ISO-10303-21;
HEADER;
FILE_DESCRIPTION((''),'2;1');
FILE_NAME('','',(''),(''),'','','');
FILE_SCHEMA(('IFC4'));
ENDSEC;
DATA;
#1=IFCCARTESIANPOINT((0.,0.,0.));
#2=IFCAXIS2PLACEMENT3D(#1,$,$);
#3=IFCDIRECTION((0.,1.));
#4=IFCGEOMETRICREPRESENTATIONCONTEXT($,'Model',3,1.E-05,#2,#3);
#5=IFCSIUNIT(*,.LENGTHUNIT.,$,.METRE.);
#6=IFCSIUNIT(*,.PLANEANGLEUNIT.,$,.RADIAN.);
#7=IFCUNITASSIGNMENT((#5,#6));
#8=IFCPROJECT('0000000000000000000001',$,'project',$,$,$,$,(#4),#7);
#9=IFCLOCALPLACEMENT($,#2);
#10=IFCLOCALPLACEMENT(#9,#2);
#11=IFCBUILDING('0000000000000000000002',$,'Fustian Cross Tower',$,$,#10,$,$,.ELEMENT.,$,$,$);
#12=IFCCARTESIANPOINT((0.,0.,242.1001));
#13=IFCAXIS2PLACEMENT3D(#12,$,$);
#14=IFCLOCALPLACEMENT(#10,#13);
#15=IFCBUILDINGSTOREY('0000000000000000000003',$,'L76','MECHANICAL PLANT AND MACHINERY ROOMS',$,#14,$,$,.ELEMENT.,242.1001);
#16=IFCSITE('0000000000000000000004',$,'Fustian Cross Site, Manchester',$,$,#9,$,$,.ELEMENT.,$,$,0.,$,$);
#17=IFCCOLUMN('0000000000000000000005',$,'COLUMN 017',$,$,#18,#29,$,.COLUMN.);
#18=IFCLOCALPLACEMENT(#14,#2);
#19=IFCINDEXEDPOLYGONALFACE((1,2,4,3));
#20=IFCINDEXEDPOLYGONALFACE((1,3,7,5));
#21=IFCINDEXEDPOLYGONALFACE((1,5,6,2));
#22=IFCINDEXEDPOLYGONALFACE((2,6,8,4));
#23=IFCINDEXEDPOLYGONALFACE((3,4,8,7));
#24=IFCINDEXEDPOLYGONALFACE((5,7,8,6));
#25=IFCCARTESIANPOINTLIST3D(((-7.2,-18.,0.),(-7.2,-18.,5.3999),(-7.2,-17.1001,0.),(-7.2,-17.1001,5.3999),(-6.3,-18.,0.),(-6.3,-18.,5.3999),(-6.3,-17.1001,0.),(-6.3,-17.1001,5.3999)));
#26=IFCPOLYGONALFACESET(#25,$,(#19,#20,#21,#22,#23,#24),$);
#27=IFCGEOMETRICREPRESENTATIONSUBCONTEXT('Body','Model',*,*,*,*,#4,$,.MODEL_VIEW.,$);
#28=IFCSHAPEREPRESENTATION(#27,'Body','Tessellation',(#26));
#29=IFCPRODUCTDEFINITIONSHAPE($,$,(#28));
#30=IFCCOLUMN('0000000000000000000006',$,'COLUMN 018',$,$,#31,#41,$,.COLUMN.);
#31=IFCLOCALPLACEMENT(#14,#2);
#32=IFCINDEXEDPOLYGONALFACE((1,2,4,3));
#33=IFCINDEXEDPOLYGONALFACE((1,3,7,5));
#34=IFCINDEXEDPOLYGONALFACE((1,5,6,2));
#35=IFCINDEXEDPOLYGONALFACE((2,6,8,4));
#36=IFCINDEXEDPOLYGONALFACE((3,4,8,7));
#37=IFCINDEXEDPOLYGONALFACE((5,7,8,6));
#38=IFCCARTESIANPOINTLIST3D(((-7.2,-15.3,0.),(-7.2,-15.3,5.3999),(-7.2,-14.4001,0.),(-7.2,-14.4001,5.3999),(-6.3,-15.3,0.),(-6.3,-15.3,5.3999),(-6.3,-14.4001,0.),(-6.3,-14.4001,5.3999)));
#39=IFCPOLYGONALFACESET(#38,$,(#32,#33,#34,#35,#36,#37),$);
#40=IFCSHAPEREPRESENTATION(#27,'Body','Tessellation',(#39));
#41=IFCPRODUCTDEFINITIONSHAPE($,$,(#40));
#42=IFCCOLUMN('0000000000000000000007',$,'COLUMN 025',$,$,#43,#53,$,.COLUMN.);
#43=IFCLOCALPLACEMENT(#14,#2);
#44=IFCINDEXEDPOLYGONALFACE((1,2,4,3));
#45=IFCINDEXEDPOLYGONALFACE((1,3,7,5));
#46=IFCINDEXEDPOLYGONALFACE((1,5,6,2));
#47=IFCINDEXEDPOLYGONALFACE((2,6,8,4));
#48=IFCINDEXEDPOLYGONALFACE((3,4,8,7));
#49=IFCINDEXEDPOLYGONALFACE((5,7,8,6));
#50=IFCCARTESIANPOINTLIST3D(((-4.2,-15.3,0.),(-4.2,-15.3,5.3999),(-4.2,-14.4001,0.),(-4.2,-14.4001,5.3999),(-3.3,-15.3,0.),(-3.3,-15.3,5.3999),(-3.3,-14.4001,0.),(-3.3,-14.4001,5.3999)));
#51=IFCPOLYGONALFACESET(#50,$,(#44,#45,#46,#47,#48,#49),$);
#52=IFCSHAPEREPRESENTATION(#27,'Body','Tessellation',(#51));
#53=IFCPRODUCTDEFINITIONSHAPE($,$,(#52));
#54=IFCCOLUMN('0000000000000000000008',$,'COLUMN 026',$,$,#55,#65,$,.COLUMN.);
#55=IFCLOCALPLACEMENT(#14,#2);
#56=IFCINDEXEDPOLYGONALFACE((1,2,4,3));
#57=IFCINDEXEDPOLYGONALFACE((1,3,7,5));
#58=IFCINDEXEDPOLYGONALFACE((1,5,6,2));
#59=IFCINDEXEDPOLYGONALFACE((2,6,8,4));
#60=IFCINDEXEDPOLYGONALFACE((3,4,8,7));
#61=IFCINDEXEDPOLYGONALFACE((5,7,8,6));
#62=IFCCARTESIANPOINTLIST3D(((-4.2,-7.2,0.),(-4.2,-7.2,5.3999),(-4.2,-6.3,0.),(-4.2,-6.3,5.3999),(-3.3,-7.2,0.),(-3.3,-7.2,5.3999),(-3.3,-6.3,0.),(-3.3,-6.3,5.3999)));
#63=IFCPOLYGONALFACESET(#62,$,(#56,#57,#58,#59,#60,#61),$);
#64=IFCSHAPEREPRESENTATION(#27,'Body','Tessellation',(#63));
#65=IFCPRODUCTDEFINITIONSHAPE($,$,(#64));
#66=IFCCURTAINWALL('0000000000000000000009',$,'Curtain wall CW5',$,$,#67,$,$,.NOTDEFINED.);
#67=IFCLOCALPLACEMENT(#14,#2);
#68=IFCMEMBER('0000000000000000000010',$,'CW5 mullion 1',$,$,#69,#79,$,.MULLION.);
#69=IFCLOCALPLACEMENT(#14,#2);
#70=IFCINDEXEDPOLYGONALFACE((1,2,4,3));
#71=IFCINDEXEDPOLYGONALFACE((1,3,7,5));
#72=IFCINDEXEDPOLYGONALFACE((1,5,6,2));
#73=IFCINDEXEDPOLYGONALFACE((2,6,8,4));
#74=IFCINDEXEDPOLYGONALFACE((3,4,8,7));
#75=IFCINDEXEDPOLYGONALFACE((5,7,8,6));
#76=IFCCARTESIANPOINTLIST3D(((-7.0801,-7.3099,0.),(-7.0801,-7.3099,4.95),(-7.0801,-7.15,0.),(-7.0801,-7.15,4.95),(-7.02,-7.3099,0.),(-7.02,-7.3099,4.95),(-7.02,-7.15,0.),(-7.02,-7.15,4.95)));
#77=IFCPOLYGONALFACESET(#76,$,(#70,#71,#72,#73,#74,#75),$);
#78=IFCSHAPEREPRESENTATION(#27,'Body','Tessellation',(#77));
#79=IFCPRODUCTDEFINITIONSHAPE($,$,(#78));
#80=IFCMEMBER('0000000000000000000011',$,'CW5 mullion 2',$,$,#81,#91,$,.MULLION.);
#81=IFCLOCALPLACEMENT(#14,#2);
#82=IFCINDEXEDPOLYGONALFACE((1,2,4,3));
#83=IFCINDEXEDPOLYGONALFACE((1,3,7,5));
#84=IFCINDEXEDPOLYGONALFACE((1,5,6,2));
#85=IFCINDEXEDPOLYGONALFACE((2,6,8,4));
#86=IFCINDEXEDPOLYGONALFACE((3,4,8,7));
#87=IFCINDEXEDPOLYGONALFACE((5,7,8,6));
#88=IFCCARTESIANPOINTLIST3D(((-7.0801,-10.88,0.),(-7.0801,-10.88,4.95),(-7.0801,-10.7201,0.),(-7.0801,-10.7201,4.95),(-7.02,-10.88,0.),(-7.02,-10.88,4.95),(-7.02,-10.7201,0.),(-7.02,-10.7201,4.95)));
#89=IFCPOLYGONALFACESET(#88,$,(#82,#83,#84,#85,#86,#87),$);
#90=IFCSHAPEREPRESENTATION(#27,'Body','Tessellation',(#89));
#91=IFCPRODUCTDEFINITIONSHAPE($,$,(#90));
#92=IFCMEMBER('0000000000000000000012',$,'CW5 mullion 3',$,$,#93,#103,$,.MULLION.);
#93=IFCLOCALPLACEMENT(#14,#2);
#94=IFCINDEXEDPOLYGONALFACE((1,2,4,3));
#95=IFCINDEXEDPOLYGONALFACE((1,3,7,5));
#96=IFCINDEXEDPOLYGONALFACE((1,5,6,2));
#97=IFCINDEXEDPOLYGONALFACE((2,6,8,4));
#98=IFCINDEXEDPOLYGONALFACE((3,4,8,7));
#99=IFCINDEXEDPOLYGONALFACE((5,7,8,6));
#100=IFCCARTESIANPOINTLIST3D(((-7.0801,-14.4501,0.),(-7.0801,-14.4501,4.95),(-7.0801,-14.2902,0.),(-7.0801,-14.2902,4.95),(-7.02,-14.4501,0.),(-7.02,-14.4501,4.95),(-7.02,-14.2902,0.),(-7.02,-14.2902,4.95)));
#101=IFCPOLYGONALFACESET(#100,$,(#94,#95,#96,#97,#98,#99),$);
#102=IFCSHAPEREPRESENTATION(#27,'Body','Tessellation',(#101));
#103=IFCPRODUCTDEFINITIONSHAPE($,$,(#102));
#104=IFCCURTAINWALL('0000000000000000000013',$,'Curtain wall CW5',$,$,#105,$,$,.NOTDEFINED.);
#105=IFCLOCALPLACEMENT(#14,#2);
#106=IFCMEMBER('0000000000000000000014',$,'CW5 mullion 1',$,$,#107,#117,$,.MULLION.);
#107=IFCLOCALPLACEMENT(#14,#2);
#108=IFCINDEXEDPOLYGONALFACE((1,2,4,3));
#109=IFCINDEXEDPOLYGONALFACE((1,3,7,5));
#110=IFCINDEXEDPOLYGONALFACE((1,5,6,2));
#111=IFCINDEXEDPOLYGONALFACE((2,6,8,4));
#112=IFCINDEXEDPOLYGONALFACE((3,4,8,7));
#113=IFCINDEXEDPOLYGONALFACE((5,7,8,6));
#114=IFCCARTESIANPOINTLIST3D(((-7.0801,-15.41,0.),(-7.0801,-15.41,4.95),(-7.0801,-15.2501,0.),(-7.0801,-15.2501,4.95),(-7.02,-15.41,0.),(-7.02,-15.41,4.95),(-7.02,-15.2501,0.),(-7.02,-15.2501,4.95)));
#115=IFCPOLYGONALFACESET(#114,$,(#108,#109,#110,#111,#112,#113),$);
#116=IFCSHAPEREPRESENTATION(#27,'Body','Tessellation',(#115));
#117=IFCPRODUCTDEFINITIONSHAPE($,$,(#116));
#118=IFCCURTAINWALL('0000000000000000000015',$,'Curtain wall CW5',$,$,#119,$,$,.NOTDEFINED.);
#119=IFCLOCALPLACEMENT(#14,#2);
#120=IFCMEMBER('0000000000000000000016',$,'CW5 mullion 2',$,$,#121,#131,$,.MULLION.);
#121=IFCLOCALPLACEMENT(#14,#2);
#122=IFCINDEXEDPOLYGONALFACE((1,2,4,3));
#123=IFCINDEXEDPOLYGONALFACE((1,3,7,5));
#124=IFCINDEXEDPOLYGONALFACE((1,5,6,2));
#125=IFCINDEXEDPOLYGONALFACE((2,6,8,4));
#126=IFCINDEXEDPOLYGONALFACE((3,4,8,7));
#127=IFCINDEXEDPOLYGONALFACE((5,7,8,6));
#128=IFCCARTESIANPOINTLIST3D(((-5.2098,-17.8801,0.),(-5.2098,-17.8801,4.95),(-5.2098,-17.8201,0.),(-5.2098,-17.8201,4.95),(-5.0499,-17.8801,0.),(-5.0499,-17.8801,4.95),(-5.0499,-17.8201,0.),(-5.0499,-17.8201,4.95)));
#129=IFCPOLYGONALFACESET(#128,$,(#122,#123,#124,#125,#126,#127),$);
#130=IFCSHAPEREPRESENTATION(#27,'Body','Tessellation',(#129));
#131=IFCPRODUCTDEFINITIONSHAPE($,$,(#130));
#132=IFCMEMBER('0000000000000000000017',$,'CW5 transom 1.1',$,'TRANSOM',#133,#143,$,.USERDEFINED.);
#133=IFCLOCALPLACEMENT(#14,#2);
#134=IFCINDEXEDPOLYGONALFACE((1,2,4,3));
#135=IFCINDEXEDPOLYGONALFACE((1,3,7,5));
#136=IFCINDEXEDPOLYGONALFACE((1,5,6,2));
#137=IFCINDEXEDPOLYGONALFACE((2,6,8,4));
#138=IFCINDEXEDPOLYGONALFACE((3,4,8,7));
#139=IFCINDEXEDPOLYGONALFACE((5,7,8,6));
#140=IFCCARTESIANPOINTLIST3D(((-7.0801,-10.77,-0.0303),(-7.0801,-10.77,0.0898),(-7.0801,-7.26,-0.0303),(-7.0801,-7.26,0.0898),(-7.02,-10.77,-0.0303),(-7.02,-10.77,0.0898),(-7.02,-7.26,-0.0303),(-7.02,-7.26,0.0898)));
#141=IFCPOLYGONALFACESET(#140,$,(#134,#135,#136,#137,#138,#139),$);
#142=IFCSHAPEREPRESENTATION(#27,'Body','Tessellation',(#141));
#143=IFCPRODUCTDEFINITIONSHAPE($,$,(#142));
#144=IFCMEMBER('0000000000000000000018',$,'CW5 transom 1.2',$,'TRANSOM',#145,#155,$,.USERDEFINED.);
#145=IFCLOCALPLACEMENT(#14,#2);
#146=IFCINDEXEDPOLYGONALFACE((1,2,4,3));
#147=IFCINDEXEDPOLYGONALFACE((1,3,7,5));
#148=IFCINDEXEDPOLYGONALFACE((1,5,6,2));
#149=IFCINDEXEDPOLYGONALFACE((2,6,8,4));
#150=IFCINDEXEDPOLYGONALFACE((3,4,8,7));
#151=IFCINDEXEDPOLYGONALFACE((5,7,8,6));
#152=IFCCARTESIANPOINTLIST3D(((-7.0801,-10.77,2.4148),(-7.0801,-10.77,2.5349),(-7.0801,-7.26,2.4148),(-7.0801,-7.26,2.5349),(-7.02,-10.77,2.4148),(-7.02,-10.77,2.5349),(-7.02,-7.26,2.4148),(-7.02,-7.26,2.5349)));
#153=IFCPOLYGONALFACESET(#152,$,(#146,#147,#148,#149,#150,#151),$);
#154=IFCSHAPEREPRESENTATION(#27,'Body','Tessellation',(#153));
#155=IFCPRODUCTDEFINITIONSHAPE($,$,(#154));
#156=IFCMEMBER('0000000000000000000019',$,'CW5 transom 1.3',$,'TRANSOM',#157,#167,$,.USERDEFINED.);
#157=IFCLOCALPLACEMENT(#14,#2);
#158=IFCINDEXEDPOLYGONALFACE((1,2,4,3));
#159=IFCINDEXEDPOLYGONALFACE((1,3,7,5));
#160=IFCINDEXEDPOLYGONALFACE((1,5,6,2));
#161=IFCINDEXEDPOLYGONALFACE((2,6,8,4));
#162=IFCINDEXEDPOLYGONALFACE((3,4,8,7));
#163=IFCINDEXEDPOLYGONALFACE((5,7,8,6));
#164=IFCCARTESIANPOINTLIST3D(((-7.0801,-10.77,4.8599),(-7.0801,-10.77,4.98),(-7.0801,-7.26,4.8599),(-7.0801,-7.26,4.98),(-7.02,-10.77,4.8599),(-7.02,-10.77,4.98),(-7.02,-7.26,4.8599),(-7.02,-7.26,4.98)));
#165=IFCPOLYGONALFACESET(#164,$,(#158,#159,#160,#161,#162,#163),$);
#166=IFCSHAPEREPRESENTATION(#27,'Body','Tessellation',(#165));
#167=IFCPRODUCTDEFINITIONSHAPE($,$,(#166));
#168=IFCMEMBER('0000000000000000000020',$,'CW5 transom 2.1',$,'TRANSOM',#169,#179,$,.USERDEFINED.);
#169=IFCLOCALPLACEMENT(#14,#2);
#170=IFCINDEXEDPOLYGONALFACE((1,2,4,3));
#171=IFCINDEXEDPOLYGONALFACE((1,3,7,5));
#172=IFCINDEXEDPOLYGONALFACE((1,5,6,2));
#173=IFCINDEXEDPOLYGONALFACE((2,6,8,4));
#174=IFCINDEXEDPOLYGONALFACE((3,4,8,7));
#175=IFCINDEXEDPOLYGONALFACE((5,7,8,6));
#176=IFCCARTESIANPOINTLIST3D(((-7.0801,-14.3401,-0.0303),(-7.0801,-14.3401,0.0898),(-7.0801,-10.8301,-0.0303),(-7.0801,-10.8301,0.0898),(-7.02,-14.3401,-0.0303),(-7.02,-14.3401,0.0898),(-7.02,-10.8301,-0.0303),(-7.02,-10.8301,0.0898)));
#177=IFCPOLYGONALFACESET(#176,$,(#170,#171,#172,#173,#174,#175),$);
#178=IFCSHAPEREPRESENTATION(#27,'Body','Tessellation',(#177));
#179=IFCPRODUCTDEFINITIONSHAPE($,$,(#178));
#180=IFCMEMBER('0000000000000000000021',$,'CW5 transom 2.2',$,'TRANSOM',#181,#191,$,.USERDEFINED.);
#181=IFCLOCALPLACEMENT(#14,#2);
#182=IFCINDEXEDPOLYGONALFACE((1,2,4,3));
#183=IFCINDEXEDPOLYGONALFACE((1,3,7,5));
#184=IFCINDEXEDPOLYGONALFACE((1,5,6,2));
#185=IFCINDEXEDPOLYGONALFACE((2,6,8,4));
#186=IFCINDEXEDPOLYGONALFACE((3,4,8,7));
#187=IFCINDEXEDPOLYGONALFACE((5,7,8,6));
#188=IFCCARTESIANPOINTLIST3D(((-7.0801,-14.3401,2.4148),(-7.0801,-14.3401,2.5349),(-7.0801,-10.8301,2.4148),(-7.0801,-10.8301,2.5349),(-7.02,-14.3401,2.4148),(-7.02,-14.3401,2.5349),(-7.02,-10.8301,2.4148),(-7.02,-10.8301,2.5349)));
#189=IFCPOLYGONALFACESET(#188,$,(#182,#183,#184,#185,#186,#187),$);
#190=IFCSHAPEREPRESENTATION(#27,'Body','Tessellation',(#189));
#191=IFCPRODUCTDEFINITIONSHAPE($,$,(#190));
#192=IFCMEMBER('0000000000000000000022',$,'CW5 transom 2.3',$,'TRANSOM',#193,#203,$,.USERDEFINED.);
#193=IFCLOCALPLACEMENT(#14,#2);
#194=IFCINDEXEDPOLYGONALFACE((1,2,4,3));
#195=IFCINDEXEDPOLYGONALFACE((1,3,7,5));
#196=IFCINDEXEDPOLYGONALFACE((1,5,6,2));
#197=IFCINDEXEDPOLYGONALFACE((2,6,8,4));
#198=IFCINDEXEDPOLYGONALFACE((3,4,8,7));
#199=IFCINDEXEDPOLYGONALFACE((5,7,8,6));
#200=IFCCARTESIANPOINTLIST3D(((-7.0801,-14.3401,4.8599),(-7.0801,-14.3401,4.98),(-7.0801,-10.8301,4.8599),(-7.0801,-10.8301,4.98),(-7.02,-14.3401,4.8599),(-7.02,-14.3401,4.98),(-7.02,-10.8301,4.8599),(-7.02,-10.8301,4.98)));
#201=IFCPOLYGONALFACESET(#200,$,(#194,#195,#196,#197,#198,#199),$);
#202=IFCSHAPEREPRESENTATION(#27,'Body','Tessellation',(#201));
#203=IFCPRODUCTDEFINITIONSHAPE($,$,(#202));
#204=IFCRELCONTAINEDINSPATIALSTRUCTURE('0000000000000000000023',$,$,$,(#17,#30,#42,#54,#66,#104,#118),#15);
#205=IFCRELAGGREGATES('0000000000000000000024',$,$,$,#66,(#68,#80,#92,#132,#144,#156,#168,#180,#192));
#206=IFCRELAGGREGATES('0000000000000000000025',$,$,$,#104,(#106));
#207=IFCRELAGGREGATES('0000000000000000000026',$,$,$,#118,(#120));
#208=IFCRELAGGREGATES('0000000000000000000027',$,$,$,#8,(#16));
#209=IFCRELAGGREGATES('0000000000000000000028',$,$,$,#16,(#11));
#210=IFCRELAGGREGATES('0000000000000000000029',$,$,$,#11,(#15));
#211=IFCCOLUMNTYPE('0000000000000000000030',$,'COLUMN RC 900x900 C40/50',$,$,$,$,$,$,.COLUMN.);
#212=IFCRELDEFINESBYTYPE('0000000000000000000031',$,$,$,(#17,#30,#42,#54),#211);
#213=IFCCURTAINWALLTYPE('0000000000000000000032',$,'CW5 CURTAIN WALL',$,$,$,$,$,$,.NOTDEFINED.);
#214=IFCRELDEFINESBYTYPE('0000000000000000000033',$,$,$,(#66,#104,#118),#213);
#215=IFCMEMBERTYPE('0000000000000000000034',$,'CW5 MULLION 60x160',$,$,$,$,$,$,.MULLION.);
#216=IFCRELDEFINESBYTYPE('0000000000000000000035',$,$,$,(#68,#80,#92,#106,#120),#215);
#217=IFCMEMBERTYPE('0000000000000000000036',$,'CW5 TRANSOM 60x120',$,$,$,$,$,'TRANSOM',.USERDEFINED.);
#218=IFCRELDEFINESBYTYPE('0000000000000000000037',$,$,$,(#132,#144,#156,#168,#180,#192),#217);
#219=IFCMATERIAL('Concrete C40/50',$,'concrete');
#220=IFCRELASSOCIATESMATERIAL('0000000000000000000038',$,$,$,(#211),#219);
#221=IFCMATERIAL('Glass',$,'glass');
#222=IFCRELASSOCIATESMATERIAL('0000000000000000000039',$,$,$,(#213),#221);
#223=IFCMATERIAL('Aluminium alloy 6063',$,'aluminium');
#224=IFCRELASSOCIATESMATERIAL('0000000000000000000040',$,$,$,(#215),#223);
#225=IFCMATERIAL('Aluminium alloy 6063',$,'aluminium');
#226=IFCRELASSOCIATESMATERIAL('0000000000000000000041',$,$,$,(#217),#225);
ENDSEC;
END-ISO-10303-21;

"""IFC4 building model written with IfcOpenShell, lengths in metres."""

from ifc_helpers import new_model, si_unit, direction, frame, origin, origin_2d, place, context, subcontext, project, spatial, rectangle, extrude, material, material_profile, profile_set, type_object, element, aggregate, save


model = new_model("IFC4")

# Units and contexts
model_context = context("Model", 3, precision=1e-05, world=origin(), true_north=direction((0.0, 1.0)))
body_context = subcontext(model_context, "Body", "Model", "MODEL_VIEW")
ifc_project = project(units=[si_unit("LENGTHUNIT", "METRE"), si_unit("PLANEANGLEUNIT", "RADIAN")], contexts=[model_context])

# Site, building, storey
site_placement = place(None, origin())
site = spatial("IfcSite", under=ifc_project, at=site_placement, Name="Fustian Cross Site, Manchester", CompositionType="ELEMENT", RefElevation=0.0)
building_placement = place(site_placement, origin())
building = spatial("IfcBuilding", under=site, at=building_placement, Name="Fustian Cross Tower", CompositionType="ELEMENT")
storey_placement = place(building_placement, frame((0.0, 0.0, 242.1001)))
storey = spatial("IfcBuildingStorey", under=building, at=storey_placement, Name="L76", Description="MECHANICAL PLANT AND MACHINERY ROOMS", CompositionType="ELEMENT", Elevation=242.1001)

# Columns
ifc_material_1 = material(Name="Concrete C40/50", Category="concrete")
ifc_material_profile_1 = material_profile(ifc_material_1, rectangle(XDim=0.8999, YDim=0.8999, at=origin_2d()), Name="RC 900x900")
ifc_profile_set_1 = profile_set([ifc_material_profile_1], Name="Concrete C40/50")
column_type = type_object("IfcColumnType", Name="COLUMN RC 900x900 C40/50", PredefinedType="COLUMN", material=ifc_profile_set_1)
for number, where, z_axis, x_axis, name in (
    (1, (-6.75, -17.55, 0.0), (0.0, 0.0, 1.0), (1.0, 0.0, 0.0), "COLUMN 017"),
    (2, (-6.75, -14.8501, 0.0), (0.0, 0.0, 1.0), (1.0, 0.0, 0.0), "COLUMN 018"),
    (3, (-3.75, -14.8501, 0.0), (0.0, 0.0, 1.0), (1.0, 0.0, 0.0), "COLUMN 025"),
    (4, (-3.75, -6.75, 0.0), (0.0, 0.0, 1.0), (1.0, 0.0, 0.0), "COLUMN 026"),
):
    element("IfcColumn", number, at=place(storey_placement, frame(where, z_axis=z_axis, x_axis=x_axis)), inside=storey, type_object=column_type, Name=name, PredefinedType="COLUMN", context=body_context, shape_type="SweptSolid", body=[
        extrude(rectangle(XDim=0.8999, YDim=0.8999, at=origin_2d()), origin(), (0.0, 0.0, 1.0), 5.3999),
    ])

# Curtain wall, members
ifc_material_2 = material(Name="Glass", Category="glass")
curtain_wall_type = type_object("IfcCurtainWallType", Name="CW5 CURTAIN WALL", PredefinedType="NOTDEFINED", material=ifc_material_2)
curtain_wall_1_placement = place(storey_placement, origin())
curtain_wall_1 = element("IfcCurtainWall", 5, at=curtain_wall_1_placement, inside=storey, type_object=curtain_wall_type, Name="Curtain wall CW5", PredefinedType="NOTDEFINED")
ifc_material_3 = material(Name="Aluminium alloy 6063", Category="aluminium")
ifc_material_profile_2 = material_profile(ifc_material_3, rectangle(XDim=0.0601, YDim=0.1599, at=origin_2d()), Name="CW5 MULLION 60x160")
ifc_profile_set_2 = profile_set([ifc_material_profile_2], Name="Aluminium alloy 6063")
member_type_1 = type_object("IfcMemberType", Name="CW5 MULLION 60x160", PredefinedType="MULLION", material=ifc_profile_set_2)
member_1_placement = place(storey_placement, frame((-7.05, -7.23, 0.0), z_axis=(0.0, 0.0, 1.0), x_axis=(1.0, 0.0, 0.0)))
member_1 = element("IfcMember", 6, at=member_1_placement, type_object=member_type_1, Name="CW5 mullion 1", PredefinedType="MULLION", context=body_context, shape_type="SweptSolid", body=[
    extrude(rectangle(XDim=0.0601, YDim=0.1599, at=origin_2d()), origin(), (0.0, 0.0, 1.0), 4.95),
])
member_2_placement = place(storey_placement, frame((-7.05, -10.8, 0.0), z_axis=(0.0, 0.0, 1.0), x_axis=(1.0, 0.0, 0.0)))
member_2 = element("IfcMember", 7, at=member_2_placement, type_object=member_type_1, Name="CW5 mullion 2", PredefinedType="MULLION", context=body_context, shape_type="SweptSolid", body=[
    extrude(rectangle(XDim=0.0601, YDim=0.1599, at=origin_2d()), origin(), (0.0, 0.0, 1.0), 4.95),
])
member_3_placement = place(storey_placement, frame((-7.05, -14.3701, 0.0), z_axis=(0.0, 0.0, 1.0), x_axis=(1.0, 0.0, 0.0)))
member_3 = element("IfcMember", 8, at=member_3_placement, type_object=member_type_1, Name="CW5 mullion 3", PredefinedType="MULLION", context=body_context, shape_type="SweptSolid", body=[
    extrude(rectangle(XDim=0.0601, YDim=0.1599, at=origin_2d()), origin(), (0.0, 0.0, 1.0), 4.95),
])

# Curtain walls, members
curtain_wall_2_placement = place(storey_placement, origin())
curtain_wall_2 = element("IfcCurtainWall", 9, at=curtain_wall_2_placement, inside=storey, type_object=curtain_wall_type, Name="Curtain wall CW5", PredefinedType="NOTDEFINED")
member_4_placement = place(storey_placement, frame((-7.05, -15.3301, 0.0), z_axis=(0.0, 0.0, 1.0), x_axis=(1.0, 0.0, 0.0)))
member_4 = element("IfcMember", 10, at=member_4_placement, type_object=member_type_1, Name="CW5 mullion 1", PredefinedType="MULLION", context=body_context, shape_type="SweptSolid", body=[
    extrude(rectangle(XDim=0.0601, YDim=0.1599, at=origin_2d()), origin(), (0.0, 0.0, 1.0), 4.95),
])
curtain_wall_3_placement = place(storey_placement, origin())
curtain_wall_3 = element("IfcCurtainWall", 11, at=curtain_wall_3_placement, inside=storey, type_object=curtain_wall_type, Name="Curtain wall CW5", PredefinedType="NOTDEFINED")
member_5_placement = place(storey_placement, frame((-5.1299, -17.8501, 0.0), z_axis=(0.0, 0.0, 1.0), x_axis=(0.0, 1.0, 0.0)))
member_5 = element("IfcMember", 12, at=member_5_placement, type_object=member_type_1, Name="CW5 mullion 2", PredefinedType="MULLION", context=body_context, shape_type="SweptSolid", body=[
    extrude(rectangle(XDim=0.0601, YDim=0.1599, at=origin_2d()), origin(), (0.0, 0.0, 1.0), 4.95),
])

# Members
ifc_material_4 = material(Name="Aluminium alloy 6063", Category="aluminium")
ifc_material_profile_3 = material_profile(ifc_material_4, rectangle(XDim=0.0601, YDim=0.1201, at=origin_2d()), Name="CW5 TRANSOM 60x120")
ifc_profile_set_3 = profile_set([ifc_material_profile_3], Name="Aluminium alloy 6063")
member_type_2 = type_object("IfcMemberType", Name="CW5 TRANSOM 60x120", ElementType="TRANSOM", PredefinedType="USERDEFINED", material=ifc_profile_set_3)
member_6_placement = place(storey_placement, frame((-7.05, -7.26, 0.0298), z_axis=(0.0, -1.0, 0.0), x_axis=(1.0, 0.0, 0.0)))
member_6 = element("IfcMember", 13, at=member_6_placement, type_object=member_type_2, Name="CW5 transom 1.1", ObjectType="TRANSOM", PredefinedType="USERDEFINED", context=body_context, shape_type="SweptSolid", body=[
    extrude(rectangle(XDim=0.0601, YDim=0.1201, at=origin_2d()), origin(), (0.0, 0.0, 1.0), 3.51),
])
member_7_placement = place(storey_placement, frame((-7.05, -7.26, 2.4749), z_axis=(0.0, -1.0, 0.0), x_axis=(1.0, 0.0, 0.0)))
member_7 = element("IfcMember", 14, at=member_7_placement, type_object=member_type_2, Name="CW5 transom 1.2", ObjectType="TRANSOM", PredefinedType="USERDEFINED", context=body_context, shape_type="SweptSolid", body=[
    extrude(rectangle(XDim=0.0601, YDim=0.1201, at=origin_2d()), origin(), (0.0, 0.0, 1.0), 3.51),
])
member_8_placement = place(storey_placement, frame((-7.05, -7.26, 4.9199), z_axis=(0.0, -1.0, 0.0), x_axis=(1.0, 0.0, 0.0)))
member_8 = element("IfcMember", 15, at=member_8_placement, type_object=member_type_2, Name="CW5 transom 1.3", ObjectType="TRANSOM", PredefinedType="USERDEFINED", context=body_context, shape_type="SweptSolid", body=[
    extrude(rectangle(XDim=0.0601, YDim=0.1201, at=origin_2d()), origin(), (0.0, 0.0, 1.0), 3.51),
])
member_9_placement = place(storey_placement, frame((-7.05, -10.8301, 0.0298), z_axis=(0.0, -1.0, 0.0), x_axis=(1.0, 0.0, 0.0)))
member_9 = element("IfcMember", 16, at=member_9_placement, type_object=member_type_2, Name="CW5 transom 2.1", ObjectType="TRANSOM", PredefinedType="USERDEFINED", context=body_context, shape_type="SweptSolid", body=[
    extrude(rectangle(XDim=0.0601, YDim=0.1201, at=origin_2d()), origin(), (0.0, 0.0, 1.0), 3.51),
])
member_10_placement = place(storey_placement, frame((-7.05, -10.8301, 2.4749), z_axis=(0.0, -1.0, 0.0), x_axis=(1.0, 0.0, 0.0)))
member_10 = element("IfcMember", 17, at=member_10_placement, type_object=member_type_2, Name="CW5 transom 2.2", ObjectType="TRANSOM", PredefinedType="USERDEFINED", context=body_context, shape_type="SweptSolid", body=[
    extrude(rectangle(XDim=0.0601, YDim=0.1201, at=origin_2d()), origin(), (0.0, 0.0, 1.0), 3.51),
])
member_11_placement = place(storey_placement, frame((-7.05, -10.8301, 4.9199), z_axis=(0.0, -1.0, 0.0), x_axis=(1.0, 0.0, 0.0)))
member_11 = element("IfcMember", 18, at=member_11_placement, type_object=member_type_2, Name="CW5 transom 2.3", ObjectType="TRANSOM", PredefinedType="USERDEFINED", context=body_context, shape_type="SweptSolid", body=[
    extrude(rectangle(XDim=0.0601, YDim=0.1201, at=origin_2d()), origin(), (0.0, 0.0, 1.0), 3.51),
])

aggregate(curtain_wall_1, [member_1, member_2, member_3, member_6, member_7, member_8, member_9, member_10, member_11])
aggregate(curtain_wall_2, [member_4])
aggregate(curtain_wall_3, [member_5])

save(model, "model.ifc")
